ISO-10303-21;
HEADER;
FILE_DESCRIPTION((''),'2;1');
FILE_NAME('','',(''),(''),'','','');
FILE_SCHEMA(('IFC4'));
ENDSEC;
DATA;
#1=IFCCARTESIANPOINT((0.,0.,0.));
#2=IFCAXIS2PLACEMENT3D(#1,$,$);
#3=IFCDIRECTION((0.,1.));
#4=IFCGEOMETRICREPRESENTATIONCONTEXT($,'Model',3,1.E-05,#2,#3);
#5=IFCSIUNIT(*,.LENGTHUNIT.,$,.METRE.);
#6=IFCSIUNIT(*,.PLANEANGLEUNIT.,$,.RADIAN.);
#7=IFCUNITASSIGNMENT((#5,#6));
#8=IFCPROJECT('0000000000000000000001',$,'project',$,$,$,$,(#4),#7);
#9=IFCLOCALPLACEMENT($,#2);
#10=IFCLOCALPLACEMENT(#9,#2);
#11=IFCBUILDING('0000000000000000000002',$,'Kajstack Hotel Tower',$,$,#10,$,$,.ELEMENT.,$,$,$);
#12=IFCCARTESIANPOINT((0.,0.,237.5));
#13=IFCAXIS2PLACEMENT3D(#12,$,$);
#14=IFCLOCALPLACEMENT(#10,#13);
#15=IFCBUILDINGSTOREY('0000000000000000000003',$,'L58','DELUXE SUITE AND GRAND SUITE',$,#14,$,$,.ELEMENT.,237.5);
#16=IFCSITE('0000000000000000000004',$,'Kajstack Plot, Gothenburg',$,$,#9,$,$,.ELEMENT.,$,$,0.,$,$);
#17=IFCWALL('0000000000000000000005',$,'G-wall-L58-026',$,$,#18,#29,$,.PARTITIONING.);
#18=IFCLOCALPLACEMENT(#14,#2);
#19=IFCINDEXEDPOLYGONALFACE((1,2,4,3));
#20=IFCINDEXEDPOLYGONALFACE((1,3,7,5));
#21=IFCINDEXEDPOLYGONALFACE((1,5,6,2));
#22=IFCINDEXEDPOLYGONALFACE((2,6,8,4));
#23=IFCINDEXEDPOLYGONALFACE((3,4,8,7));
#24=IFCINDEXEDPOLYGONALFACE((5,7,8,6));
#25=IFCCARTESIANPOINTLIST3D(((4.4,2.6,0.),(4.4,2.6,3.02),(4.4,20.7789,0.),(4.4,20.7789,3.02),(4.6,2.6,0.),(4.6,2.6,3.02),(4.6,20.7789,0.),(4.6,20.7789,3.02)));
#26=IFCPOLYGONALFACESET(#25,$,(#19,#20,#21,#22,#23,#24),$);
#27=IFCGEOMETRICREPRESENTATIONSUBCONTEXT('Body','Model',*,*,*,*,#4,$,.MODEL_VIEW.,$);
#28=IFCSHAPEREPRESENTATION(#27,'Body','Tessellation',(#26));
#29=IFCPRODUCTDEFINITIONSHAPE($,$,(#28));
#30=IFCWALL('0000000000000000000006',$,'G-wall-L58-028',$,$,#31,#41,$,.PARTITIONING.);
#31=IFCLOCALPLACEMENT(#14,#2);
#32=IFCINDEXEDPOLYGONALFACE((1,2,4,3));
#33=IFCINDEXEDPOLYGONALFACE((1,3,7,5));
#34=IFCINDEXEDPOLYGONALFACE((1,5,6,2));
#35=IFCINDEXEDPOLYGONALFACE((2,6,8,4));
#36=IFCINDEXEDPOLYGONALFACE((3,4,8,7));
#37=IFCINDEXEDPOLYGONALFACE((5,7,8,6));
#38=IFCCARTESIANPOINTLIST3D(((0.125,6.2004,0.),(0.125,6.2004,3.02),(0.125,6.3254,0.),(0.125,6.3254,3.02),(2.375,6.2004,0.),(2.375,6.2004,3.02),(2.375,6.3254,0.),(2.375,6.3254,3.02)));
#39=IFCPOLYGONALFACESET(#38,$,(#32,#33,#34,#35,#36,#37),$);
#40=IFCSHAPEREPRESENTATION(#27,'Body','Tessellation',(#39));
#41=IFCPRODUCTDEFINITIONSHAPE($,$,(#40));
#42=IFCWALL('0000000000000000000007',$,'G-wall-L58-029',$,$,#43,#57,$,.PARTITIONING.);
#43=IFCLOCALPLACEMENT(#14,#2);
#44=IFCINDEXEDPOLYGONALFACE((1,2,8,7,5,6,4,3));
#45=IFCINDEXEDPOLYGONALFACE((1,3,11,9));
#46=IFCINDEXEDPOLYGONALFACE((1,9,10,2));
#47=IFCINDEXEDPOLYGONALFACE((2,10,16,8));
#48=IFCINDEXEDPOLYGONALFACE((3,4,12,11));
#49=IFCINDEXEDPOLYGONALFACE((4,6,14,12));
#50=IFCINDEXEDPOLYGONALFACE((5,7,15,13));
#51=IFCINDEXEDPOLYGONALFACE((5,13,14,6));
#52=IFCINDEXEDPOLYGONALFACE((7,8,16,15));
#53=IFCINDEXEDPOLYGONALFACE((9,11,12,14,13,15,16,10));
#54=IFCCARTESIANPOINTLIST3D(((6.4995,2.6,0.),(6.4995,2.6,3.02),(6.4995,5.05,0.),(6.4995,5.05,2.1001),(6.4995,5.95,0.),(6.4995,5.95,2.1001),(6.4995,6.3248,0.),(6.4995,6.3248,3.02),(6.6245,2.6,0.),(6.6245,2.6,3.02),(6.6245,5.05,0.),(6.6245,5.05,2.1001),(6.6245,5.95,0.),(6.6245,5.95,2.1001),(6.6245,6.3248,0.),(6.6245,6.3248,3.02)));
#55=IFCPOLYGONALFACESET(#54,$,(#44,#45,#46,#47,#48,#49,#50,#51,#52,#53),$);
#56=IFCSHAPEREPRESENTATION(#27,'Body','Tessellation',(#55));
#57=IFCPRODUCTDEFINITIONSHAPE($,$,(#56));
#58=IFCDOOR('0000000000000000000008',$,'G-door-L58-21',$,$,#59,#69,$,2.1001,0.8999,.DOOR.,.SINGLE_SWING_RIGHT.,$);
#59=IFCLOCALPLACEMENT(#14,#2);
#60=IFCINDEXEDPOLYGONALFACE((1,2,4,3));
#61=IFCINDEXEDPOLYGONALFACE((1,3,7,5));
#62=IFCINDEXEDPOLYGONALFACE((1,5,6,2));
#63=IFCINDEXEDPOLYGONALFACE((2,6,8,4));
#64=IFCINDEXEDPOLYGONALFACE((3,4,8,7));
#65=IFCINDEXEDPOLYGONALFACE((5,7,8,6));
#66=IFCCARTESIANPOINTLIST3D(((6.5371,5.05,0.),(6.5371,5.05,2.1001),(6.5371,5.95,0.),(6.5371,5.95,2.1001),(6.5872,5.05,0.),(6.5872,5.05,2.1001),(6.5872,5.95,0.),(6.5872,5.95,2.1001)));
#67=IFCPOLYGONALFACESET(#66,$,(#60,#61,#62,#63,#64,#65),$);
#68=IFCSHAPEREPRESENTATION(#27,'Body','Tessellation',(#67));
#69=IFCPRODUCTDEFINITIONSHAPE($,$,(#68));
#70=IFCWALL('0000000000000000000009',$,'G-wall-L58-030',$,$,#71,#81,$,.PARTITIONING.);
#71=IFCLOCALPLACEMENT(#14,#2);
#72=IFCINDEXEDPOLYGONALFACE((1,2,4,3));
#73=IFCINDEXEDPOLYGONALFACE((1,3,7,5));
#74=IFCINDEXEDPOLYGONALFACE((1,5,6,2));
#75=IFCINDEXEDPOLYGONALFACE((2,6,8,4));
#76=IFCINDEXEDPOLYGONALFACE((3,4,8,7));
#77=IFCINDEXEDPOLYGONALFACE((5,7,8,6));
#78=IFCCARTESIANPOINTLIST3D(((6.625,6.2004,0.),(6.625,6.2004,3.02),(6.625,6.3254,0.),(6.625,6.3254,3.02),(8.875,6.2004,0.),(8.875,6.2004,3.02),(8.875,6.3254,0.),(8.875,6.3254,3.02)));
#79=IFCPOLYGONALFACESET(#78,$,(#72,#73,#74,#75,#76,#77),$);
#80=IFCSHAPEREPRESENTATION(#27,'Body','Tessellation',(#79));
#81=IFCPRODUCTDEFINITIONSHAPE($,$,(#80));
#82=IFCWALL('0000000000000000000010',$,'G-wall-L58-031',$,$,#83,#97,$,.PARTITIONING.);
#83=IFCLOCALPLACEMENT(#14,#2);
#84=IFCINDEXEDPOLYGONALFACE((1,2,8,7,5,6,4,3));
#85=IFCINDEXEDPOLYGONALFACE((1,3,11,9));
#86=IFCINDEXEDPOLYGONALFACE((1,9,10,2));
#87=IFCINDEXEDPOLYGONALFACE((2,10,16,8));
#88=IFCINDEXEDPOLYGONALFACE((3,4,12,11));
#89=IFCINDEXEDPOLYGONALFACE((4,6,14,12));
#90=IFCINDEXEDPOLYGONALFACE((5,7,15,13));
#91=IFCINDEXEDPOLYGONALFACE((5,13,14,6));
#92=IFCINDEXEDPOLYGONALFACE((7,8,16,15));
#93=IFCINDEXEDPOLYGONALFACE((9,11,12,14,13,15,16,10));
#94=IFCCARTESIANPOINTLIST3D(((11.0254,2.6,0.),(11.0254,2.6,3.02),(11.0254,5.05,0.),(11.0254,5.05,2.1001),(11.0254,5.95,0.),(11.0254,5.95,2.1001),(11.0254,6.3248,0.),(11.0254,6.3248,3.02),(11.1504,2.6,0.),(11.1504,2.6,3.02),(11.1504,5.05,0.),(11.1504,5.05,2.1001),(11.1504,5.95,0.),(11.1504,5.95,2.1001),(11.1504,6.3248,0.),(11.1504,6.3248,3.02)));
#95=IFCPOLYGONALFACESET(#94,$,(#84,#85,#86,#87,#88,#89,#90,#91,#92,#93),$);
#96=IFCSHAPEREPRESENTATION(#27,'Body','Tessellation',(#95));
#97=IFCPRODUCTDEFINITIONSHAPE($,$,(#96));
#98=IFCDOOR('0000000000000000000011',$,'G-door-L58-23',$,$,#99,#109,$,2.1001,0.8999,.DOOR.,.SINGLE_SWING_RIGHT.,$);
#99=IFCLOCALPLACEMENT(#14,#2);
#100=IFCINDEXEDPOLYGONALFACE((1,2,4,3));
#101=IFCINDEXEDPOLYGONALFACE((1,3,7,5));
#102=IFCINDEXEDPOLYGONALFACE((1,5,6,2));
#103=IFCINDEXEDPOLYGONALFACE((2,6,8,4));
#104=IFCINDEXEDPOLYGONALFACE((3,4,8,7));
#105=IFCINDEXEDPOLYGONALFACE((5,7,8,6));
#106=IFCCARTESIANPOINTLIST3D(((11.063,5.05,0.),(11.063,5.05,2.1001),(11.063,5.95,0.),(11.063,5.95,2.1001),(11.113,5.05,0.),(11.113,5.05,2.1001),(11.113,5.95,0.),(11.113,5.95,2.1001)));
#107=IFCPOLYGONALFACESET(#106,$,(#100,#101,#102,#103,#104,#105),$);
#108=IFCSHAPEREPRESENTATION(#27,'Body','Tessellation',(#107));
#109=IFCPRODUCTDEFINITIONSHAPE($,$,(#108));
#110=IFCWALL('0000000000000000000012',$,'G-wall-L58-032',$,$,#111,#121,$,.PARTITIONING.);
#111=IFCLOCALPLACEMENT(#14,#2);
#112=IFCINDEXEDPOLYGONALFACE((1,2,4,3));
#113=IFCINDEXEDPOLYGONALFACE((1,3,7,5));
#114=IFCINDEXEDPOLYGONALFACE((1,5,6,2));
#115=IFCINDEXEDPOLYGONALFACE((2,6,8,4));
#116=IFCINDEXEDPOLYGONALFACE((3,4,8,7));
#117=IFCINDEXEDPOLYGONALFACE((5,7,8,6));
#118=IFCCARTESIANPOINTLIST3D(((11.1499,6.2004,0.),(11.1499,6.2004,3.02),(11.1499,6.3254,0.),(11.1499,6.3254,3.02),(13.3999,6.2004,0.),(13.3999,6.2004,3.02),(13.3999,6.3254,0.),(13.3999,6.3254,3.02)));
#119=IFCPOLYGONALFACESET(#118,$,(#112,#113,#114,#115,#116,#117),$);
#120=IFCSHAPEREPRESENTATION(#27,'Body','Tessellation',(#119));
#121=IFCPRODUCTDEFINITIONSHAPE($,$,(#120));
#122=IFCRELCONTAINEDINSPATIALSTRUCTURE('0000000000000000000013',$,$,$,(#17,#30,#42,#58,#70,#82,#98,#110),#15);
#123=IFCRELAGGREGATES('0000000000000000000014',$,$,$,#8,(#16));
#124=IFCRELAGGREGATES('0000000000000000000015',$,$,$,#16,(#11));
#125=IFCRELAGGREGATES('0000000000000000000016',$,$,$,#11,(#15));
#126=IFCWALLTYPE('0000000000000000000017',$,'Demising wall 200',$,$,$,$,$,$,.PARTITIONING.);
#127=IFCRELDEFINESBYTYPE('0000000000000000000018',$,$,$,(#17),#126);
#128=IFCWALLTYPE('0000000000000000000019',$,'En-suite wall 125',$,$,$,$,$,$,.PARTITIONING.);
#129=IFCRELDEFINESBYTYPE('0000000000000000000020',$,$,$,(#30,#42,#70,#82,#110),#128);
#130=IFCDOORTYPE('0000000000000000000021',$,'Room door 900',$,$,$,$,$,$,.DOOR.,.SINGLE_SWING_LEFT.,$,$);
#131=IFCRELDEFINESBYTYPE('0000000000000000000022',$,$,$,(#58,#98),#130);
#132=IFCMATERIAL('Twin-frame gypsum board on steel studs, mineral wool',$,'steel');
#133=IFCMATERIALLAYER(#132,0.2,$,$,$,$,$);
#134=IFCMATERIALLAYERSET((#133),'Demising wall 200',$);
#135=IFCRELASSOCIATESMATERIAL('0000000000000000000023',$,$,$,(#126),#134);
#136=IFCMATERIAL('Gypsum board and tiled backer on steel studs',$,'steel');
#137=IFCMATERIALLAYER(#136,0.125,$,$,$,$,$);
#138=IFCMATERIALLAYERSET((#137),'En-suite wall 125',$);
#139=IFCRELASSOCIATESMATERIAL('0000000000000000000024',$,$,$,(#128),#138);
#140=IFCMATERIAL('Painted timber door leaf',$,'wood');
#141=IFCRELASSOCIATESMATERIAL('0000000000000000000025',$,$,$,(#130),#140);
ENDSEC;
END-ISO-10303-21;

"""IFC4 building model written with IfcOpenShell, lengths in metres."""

from ifc_helpers import new_model, si_unit, direction, frame, frame_2d, origin, place, context, subcontext, project, spatial, rectangle, extrude, material, layer, layer_set, type_object, element, fill, save


model = new_model("IFC4")

# Units and contexts
model_context = context("Model", 3, precision=1e-05, world=origin(), true_north=direction((0.0, 1.0)))
body_context = subcontext(model_context, "Body", "Model", "MODEL_VIEW")
ifc_project = project(units=[si_unit("LENGTHUNIT", "METRE"), si_unit("PLANEANGLEUNIT", "RADIAN")], contexts=[model_context])

# Site, building, storey
site_placement = place(None, origin())
site = spatial("IfcSite", under=ifc_project, at=site_placement, Name="Kajstack Plot, Gothenburg", CompositionType="ELEMENT", RefElevation=0.0)
building_placement = place(site_placement, origin())
building = spatial("IfcBuilding", under=site, at=building_placement, Name="Kajstack Hotel Tower", CompositionType="ELEMENT")
storey_placement = place(building_placement, frame((0.0, 0.0, 237.5)))
storey = spatial("IfcBuildingStorey", under=building, at=storey_placement, Name="L58", Description="DELUXE SUITE AND GRAND SUITE", CompositionType="ELEMENT", Elevation=237.5)

# Walls
ifc_material_1 = material(Name="Twin-frame gypsum board on steel studs, mineral wool", Category="steel")
ifc_layer_1 = layer(ifc_material_1, 0.2)
ifc_layer_set_1 = layer_set([ifc_layer_1], Name="Demising wall 200")
wall_type_1 = type_object("IfcWallType", Name="Demising wall 200", PredefinedType="PARTITIONING", material=ifc_layer_set_1)
wall_1_placement = place(storey_placement, frame((4.5, 2.6001, 0.0), z_axis=(0.0, 0.0, 1.0), x_axis=(0.0, 1.0, 0.0)))
element("IfcWall", 1, at=wall_1_placement, inside=storey, type_object=wall_type_1, Name="G-wall-L58-026", PredefinedType="PARTITIONING", context=body_context, shape_type="SweptSolid", body=[
    extrude(rectangle(XDim=18.179, YDim=0.2, at=frame_2d((9.0894, 0.0))), origin(), (0.0, 0.0, 1.0), 3.02),
])
ifc_material_2 = material(Name="Gypsum board and tiled backer on steel studs", Category="steel")
ifc_layer_2 = layer(ifc_material_2, 0.125)
ifc_layer_set_2 = layer_set([ifc_layer_2], Name="En-suite wall 125")
wall_type_2 = type_object("IfcWallType", Name="En-suite wall 125", PredefinedType="PARTITIONING", material=ifc_layer_set_2)
wall_2_placement = place(storey_placement, frame((0.125, 6.2629, 0.0), z_axis=(0.0, 0.0, 1.0), x_axis=(1.0, 0.0, 0.0)))
element("IfcWall", 2, at=wall_2_placement, inside=storey, type_object=wall_type_2, Name="G-wall-L58-028", PredefinedType="PARTITIONING", context=body_context, shape_type="SweptSolid", body=[
    extrude(rectangle(XDim=2.25, YDim=0.125, at=frame_2d((1.125, 0.0))), origin(), (0.0, 0.0, 1.0), 3.02),
])

# Wall, opening, door
wall_3_placement = place(storey_placement, frame((6.562, 2.6001, 0.0), z_axis=(0.0, 0.0, 1.0), x_axis=(0.0, 1.0, 0.0)))
wall_3 = element("IfcWall", 3, at=wall_3_placement, inside=storey, type_object=wall_type_2, Name="G-wall-L58-029", PredefinedType="PARTITIONING", context=body_context, shape_type="SweptSolid", body=[
    extrude(rectangle(XDim=3.7249, YDim=0.125, at=frame_2d((1.8623, 0.0))), origin(), (0.0, 0.0, 1.0), 3.02),
])
opening_1_placement = place(wall_3_placement, frame((2.45, 0.0, 0.0)))
opening_1 = element("IfcOpeningElement", 4, at=opening_1_placement, cuts=wall_3, PredefinedType="OPENING", context=body_context, shape_type="SweptSolid", body=[
    extrude(rectangle(XDim=0.8999, YDim=2.1001, at=frame_2d((0.45, 1.05))), frame((0.0, 0.0725, 0.0), z_axis=(0.0, -1.0, 0.0), x_axis=(1.0, 0.0, 0.0)), (0.0, 0.0, 1.0), 0.145),
])
ifc_material_3 = material(Name="Painted timber door leaf", Category="wood")
door_type = type_object("IfcDoorType", Name="Room door 900", OperationType="SINGLE_SWING_LEFT", PredefinedType="DOOR", material=ifc_material_3)
door_1_placement = place(opening_1_placement, origin())
door_1 = element("IfcDoor", 5, at=door_1_placement, inside=storey, type_object=door_type, Name="G-door-L58-21", OperationType="SINGLE_SWING_RIGHT", OverallHeight=2.1001, OverallWidth=0.8999, PredefinedType="DOOR", context=body_context, shape_type="SweptSolid", body=[
    extrude(rectangle(XDim=0.8999, YDim=2.1001, at=frame_2d((0.45, 1.05))), frame((0.0, 0.0249, 0.0), z_axis=(0.0, -1.0, 0.0), x_axis=(1.0, 0.0, 0.0)), (0.0, 0.0, 1.0), 0.05),
])
fill(opening_1, door_1)

# Wall
wall_4_placement = place(storey_placement, frame((6.625, 6.2629, 0.0), z_axis=(0.0, 0.0, 1.0), x_axis=(1.0, 0.0, 0.0)))
element("IfcWall", 6, at=wall_4_placement, inside=storey, type_object=wall_type_2, Name="G-wall-L58-030", PredefinedType="PARTITIONING", context=body_context, shape_type="SweptSolid", body=[
    extrude(rectangle(XDim=2.25, YDim=0.125, at=frame_2d((1.125, 0.0))), origin(), (0.0, 0.0, 1.0), 3.02),
])

# Wall, opening, door
wall_5_placement = place(storey_placement, frame((11.0879, 2.6001, 0.0), z_axis=(0.0, 0.0, 1.0), x_axis=(0.0, 1.0, 0.0)))
wall_5 = element("IfcWall", 7, at=wall_5_placement, inside=storey, type_object=wall_type_2, Name="G-wall-L58-031", PredefinedType="PARTITIONING", context=body_context, shape_type="SweptSolid", body=[
    extrude(rectangle(XDim=3.7249, YDim=0.125, at=frame_2d((1.8623, 0.0))), origin(), (0.0, 0.0, 1.0), 3.02),
])
opening_2_placement = place(wall_5_placement, frame((2.45, 0.0, 0.0)))
opening_2 = element("IfcOpeningElement", 8, at=opening_2_placement, cuts=wall_5, PredefinedType="OPENING", context=body_context, shape_type="SweptSolid", body=[
    extrude(rectangle(XDim=0.8999, YDim=2.1001, at=frame_2d((0.45, 1.05))), frame((0.0, 0.0725, 0.0), z_axis=(0.0, -1.0, 0.0), x_axis=(1.0, 0.0, 0.0)), (0.0, 0.0, 1.0), 0.145),
])
door_2_placement = place(opening_2_placement, origin())
door_2 = element("IfcDoor", 9, at=door_2_placement, inside=storey, type_object=door_type, Name="G-door-L58-23", OperationType="SINGLE_SWING_RIGHT", OverallHeight=2.1001, OverallWidth=0.8999, PredefinedType="DOOR", context=body_context, shape_type="SweptSolid", body=[
    extrude(rectangle(XDim=0.8999, YDim=2.1001, at=frame_2d((0.45, 1.05))), frame((0.0, 0.0249, 0.0), z_axis=(0.0, -1.0, 0.0), x_axis=(1.0, 0.0, 0.0)), (0.0, 0.0, 1.0), 0.05),
])
fill(opening_2, door_2)

# Wall
wall_6_placement = place(storey_placement, frame((11.1499, 6.2629, 0.0), z_axis=(0.0, 0.0, 1.0), x_axis=(1.0, 0.0, 0.0)))
element("IfcWall", 10, at=wall_6_placement, inside=storey, type_object=wall_type_2, Name="G-wall-L58-032", PredefinedType="PARTITIONING", context=body_context, shape_type="SweptSolid", body=[
    extrude(rectangle(XDim=2.25, YDim=0.125, at=frame_2d((1.125, 0.0))), origin(), (0.0, 0.0, 1.0), 3.02),
])

save(model, "model.ifc")
